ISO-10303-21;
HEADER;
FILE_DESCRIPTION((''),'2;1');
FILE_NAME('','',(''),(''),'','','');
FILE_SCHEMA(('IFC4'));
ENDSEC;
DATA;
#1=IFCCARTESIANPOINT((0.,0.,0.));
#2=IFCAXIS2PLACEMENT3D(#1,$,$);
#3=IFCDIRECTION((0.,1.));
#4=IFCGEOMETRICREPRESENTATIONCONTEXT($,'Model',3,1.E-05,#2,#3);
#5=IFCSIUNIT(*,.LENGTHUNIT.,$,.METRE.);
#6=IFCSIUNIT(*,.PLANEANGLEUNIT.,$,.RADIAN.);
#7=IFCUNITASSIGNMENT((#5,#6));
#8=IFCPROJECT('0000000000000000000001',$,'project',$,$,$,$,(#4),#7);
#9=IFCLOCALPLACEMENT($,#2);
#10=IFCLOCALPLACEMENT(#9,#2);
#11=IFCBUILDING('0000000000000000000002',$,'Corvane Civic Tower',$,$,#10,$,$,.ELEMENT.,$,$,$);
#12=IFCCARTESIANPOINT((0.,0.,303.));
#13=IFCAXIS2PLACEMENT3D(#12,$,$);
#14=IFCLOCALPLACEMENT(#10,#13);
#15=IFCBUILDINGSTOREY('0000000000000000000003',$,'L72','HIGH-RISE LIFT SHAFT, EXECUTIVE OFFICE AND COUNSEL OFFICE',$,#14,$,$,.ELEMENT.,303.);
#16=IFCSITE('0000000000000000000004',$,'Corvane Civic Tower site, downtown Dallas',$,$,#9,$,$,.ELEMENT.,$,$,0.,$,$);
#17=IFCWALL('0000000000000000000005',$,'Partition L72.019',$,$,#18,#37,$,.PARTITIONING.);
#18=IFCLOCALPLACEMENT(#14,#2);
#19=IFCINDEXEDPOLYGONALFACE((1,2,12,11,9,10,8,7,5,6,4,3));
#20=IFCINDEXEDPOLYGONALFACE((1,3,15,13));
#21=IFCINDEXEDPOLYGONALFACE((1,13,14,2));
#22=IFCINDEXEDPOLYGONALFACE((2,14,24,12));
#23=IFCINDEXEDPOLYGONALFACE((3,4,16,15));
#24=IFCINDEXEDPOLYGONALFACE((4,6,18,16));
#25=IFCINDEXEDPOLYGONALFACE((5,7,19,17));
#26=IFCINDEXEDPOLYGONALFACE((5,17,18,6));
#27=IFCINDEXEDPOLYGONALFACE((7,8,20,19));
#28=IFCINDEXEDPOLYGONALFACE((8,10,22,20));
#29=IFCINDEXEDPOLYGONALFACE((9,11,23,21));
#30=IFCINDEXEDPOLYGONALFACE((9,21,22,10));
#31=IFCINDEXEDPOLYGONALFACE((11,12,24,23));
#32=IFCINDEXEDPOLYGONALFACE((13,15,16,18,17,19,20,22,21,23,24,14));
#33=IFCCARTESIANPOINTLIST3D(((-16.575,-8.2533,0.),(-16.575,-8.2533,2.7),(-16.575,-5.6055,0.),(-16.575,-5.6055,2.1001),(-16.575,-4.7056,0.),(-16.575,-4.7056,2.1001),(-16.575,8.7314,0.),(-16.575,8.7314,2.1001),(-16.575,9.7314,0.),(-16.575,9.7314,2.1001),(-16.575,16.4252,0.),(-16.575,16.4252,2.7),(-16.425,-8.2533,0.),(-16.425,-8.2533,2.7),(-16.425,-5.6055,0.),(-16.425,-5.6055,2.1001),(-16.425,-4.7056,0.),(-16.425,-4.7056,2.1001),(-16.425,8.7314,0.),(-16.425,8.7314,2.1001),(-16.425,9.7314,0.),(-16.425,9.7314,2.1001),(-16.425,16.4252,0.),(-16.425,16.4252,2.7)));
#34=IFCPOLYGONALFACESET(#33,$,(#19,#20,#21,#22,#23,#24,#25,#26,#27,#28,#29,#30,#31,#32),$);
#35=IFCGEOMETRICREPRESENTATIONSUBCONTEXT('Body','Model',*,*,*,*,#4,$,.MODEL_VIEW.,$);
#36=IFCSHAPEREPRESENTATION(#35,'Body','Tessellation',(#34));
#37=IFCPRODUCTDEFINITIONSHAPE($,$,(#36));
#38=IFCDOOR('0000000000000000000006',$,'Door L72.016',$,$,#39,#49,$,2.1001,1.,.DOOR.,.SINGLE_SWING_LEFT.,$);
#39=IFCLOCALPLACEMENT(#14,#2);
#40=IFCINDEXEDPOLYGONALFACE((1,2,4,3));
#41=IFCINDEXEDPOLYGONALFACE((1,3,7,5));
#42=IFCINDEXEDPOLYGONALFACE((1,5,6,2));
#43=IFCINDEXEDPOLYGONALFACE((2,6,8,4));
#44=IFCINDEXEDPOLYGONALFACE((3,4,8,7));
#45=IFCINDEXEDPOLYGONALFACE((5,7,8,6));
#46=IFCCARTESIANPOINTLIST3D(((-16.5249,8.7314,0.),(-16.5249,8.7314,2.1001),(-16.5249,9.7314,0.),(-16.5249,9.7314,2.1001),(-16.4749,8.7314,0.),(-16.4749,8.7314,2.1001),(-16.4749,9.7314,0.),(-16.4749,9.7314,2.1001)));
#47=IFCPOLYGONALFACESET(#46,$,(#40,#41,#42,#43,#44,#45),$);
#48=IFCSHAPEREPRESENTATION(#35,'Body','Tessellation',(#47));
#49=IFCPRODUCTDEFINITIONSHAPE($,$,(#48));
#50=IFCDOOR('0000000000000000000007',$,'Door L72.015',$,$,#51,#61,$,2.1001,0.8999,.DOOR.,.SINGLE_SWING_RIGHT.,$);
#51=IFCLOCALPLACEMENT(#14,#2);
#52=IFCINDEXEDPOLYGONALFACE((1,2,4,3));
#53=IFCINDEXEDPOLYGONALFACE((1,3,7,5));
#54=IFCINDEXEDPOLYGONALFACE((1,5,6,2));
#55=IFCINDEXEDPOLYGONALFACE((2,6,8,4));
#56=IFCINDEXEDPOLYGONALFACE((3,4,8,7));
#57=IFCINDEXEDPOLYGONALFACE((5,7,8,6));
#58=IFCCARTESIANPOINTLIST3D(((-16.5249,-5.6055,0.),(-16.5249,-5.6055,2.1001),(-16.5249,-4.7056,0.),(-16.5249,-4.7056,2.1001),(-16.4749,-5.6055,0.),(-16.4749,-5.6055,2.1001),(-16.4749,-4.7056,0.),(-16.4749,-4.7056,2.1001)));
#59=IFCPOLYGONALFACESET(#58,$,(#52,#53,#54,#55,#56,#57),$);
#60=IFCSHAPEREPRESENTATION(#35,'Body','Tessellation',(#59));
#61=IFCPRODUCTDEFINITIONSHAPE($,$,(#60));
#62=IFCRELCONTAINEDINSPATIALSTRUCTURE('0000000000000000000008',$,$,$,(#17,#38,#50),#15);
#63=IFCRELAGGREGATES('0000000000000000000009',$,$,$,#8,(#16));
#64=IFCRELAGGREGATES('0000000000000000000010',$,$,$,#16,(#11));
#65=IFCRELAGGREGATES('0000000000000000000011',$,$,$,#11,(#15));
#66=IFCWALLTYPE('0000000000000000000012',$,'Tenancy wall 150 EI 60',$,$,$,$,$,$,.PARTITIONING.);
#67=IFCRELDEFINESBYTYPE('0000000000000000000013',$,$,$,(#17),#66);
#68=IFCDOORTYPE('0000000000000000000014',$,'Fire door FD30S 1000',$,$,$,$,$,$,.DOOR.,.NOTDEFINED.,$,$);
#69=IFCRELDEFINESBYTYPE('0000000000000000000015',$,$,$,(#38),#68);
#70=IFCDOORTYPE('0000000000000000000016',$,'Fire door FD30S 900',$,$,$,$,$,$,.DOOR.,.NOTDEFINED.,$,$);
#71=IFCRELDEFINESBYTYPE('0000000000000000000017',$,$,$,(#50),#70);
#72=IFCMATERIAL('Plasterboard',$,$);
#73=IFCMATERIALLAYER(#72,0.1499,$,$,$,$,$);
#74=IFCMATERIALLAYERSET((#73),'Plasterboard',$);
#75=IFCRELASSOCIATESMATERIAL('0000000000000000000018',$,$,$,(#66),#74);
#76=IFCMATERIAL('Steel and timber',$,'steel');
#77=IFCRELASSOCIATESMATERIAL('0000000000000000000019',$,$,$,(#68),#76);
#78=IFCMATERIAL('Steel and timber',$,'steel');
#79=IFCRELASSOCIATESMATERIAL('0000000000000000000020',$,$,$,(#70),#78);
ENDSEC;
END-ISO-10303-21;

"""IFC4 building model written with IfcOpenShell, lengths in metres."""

from ifc_helpers import new_model, si_unit, direction, frame, frame_2d, origin, place, context, subcontext, project, spatial, rectangle, extrude, material, layer, layer_set, type_object, element, fill, save


model = new_model("IFC4")

# Units and contexts
model_context = context("Model", 3, precision=1e-05, world=origin(), true_north=direction((0.0, 1.0)))
body_context = subcontext(model_context, "Body", "Model", "MODEL_VIEW")
ifc_project = project(units=[si_unit("LENGTHUNIT", "METRE"), si_unit("PLANEANGLEUNIT", "RADIAN")], contexts=[model_context])

# Site, building, storey
site_placement = place(None, origin())
site = spatial("IfcSite", under=ifc_project, at=site_placement, Name="Corvane Civic Tower site, downtown Dallas", CompositionType="ELEMENT", RefElevation=0.0)
building_placement = place(site_placement, origin())
building = spatial("IfcBuilding", under=site, at=building_placement, Name="Corvane Civic Tower", CompositionType="ELEMENT")
storey_placement = place(building_placement, frame((0.0, 0.0, 303.0)))
storey = spatial("IfcBuildingStorey", under=building, at=storey_placement, Name="L72", Description="HIGH-RISE LIFT SHAFT, EXECUTIVE OFFICE AND COUNSEL OFFICE", CompositionType="ELEMENT", Elevation=303.0)

# Wall, openings, doors
ifc_material_1 = material(Name="Plasterboard")
ifc_layer_1 = layer(ifc_material_1, 0.1499)
ifc_layer_set_1 = layer_set([ifc_layer_1], Name="Plasterboard")
wall_type_1 = type_object("IfcWallType", Name="Tenancy wall 150 EI 60", PredefinedType="PARTITIONING", material=ifc_layer_set_1)
wall_1_placement = place(storey_placement, frame((-16.5, -8.2534, 0.0), z_axis=(0.0, 0.0, 1.0), x_axis=(0.0, 1.0, 0.0)))
wall_1 = element("IfcWall", 1, at=wall_1_placement, inside=storey, type_object=wall_type_1, Name="Partition L72.019", PredefinedType="PARTITIONING", context=body_context, shape_type="SweptSolid", body=[
    extrude(rectangle(XDim=24.6785, YDim=0.1499, at=frame_2d((12.3394, 0.0))), origin(), (0.0, 0.0, 1.0), 2.7),
])
opening_1_placement = place(wall_1_placement, frame((2.6479, 0.0, 0.0)))
opening_1 = element("IfcOpeningElement", 2, at=opening_1_placement, cuts=wall_1, PredefinedType="OPENING", context=body_context, shape_type="SweptSolid", body=[
    extrude(rectangle(XDim=0.8999, YDim=2.1001, at=frame_2d((0.45, 1.05))), frame((0.0, 0.085, 0.0), z_axis=(0.0, -1.0, 0.0), x_axis=(1.0, 0.0, 0.0)), (0.0, 0.0, 1.0), 0.1699),
])
opening_2_placement = place(wall_1_placement, frame((16.9849, 0.0, 0.0)))
opening_2 = element("IfcOpeningElement", 3, at=opening_2_placement, cuts=wall_1, PredefinedType="OPENING", context=body_context, shape_type="SweptSolid", body=[
    extrude(rectangle(XDim=1.0, YDim=2.1001, at=frame_2d((0.5, 1.05))), frame((0.0, 0.085, 0.0), z_axis=(0.0, -1.0, 0.0), x_axis=(1.0, 0.0, 0.0)), (0.0, 0.0, 1.0), 0.1699),
])
ifc_material_2 = material(Name="Steel and timber", Category="steel")
door_type_1 = type_object("IfcDoorType", Name="Fire door FD30S 1000", OperationType="NOTDEFINED", PredefinedType="DOOR", material=ifc_material_2)
door_1_placement = place(opening_2_placement, origin())
door_1 = element("IfcDoor", 4, at=door_1_placement, inside=storey, type_object=door_type_1, Name="Door L72.016", OperationType="SINGLE_SWING_LEFT", OverallHeight=2.1001, OverallWidth=1.0, PredefinedType="DOOR", context=body_context, shape_type="SweptSolid", body=[
    extrude(rectangle(XDim=1.0, YDim=2.1001, at=frame_2d((0.5, 1.05))), frame((0.0, 0.0249, 0.0), z_axis=(0.0, -1.0, 0.0), x_axis=(1.0, 0.0, 0.0)), (0.0, 0.0, 1.0), 0.05),
])
fill(opening_2, door_1)
ifc_material_3 = material(Name="Steel and timber", Category="steel")
door_type_2 = type_object("IfcDoorType", Name="Fire door FD30S 900", OperationType="NOTDEFINED", PredefinedType="DOOR", material=ifc_material_3)
door_2_placement = place(opening_1_placement, origin())
door_2 = element("IfcDoor", 5, at=door_2_placement, inside=storey, type_object=door_type_2, Name="Door L72.015", OperationType="SINGLE_SWING_RIGHT", OverallHeight=2.1001, OverallWidth=0.8999, PredefinedType="DOOR", context=body_context, shape_type="SweptSolid", body=[
    extrude(rectangle(XDim=0.8999, YDim=2.1001, at=frame_2d((0.45, 1.05))), frame((0.0, 0.0249, 0.0), z_axis=(0.0, -1.0, 0.0), x_axis=(1.0, 0.0, 0.0)), (0.0, 0.0, 1.0), 0.05),
])
fill(opening_1, door_2)

save(model, "model.ifc")
